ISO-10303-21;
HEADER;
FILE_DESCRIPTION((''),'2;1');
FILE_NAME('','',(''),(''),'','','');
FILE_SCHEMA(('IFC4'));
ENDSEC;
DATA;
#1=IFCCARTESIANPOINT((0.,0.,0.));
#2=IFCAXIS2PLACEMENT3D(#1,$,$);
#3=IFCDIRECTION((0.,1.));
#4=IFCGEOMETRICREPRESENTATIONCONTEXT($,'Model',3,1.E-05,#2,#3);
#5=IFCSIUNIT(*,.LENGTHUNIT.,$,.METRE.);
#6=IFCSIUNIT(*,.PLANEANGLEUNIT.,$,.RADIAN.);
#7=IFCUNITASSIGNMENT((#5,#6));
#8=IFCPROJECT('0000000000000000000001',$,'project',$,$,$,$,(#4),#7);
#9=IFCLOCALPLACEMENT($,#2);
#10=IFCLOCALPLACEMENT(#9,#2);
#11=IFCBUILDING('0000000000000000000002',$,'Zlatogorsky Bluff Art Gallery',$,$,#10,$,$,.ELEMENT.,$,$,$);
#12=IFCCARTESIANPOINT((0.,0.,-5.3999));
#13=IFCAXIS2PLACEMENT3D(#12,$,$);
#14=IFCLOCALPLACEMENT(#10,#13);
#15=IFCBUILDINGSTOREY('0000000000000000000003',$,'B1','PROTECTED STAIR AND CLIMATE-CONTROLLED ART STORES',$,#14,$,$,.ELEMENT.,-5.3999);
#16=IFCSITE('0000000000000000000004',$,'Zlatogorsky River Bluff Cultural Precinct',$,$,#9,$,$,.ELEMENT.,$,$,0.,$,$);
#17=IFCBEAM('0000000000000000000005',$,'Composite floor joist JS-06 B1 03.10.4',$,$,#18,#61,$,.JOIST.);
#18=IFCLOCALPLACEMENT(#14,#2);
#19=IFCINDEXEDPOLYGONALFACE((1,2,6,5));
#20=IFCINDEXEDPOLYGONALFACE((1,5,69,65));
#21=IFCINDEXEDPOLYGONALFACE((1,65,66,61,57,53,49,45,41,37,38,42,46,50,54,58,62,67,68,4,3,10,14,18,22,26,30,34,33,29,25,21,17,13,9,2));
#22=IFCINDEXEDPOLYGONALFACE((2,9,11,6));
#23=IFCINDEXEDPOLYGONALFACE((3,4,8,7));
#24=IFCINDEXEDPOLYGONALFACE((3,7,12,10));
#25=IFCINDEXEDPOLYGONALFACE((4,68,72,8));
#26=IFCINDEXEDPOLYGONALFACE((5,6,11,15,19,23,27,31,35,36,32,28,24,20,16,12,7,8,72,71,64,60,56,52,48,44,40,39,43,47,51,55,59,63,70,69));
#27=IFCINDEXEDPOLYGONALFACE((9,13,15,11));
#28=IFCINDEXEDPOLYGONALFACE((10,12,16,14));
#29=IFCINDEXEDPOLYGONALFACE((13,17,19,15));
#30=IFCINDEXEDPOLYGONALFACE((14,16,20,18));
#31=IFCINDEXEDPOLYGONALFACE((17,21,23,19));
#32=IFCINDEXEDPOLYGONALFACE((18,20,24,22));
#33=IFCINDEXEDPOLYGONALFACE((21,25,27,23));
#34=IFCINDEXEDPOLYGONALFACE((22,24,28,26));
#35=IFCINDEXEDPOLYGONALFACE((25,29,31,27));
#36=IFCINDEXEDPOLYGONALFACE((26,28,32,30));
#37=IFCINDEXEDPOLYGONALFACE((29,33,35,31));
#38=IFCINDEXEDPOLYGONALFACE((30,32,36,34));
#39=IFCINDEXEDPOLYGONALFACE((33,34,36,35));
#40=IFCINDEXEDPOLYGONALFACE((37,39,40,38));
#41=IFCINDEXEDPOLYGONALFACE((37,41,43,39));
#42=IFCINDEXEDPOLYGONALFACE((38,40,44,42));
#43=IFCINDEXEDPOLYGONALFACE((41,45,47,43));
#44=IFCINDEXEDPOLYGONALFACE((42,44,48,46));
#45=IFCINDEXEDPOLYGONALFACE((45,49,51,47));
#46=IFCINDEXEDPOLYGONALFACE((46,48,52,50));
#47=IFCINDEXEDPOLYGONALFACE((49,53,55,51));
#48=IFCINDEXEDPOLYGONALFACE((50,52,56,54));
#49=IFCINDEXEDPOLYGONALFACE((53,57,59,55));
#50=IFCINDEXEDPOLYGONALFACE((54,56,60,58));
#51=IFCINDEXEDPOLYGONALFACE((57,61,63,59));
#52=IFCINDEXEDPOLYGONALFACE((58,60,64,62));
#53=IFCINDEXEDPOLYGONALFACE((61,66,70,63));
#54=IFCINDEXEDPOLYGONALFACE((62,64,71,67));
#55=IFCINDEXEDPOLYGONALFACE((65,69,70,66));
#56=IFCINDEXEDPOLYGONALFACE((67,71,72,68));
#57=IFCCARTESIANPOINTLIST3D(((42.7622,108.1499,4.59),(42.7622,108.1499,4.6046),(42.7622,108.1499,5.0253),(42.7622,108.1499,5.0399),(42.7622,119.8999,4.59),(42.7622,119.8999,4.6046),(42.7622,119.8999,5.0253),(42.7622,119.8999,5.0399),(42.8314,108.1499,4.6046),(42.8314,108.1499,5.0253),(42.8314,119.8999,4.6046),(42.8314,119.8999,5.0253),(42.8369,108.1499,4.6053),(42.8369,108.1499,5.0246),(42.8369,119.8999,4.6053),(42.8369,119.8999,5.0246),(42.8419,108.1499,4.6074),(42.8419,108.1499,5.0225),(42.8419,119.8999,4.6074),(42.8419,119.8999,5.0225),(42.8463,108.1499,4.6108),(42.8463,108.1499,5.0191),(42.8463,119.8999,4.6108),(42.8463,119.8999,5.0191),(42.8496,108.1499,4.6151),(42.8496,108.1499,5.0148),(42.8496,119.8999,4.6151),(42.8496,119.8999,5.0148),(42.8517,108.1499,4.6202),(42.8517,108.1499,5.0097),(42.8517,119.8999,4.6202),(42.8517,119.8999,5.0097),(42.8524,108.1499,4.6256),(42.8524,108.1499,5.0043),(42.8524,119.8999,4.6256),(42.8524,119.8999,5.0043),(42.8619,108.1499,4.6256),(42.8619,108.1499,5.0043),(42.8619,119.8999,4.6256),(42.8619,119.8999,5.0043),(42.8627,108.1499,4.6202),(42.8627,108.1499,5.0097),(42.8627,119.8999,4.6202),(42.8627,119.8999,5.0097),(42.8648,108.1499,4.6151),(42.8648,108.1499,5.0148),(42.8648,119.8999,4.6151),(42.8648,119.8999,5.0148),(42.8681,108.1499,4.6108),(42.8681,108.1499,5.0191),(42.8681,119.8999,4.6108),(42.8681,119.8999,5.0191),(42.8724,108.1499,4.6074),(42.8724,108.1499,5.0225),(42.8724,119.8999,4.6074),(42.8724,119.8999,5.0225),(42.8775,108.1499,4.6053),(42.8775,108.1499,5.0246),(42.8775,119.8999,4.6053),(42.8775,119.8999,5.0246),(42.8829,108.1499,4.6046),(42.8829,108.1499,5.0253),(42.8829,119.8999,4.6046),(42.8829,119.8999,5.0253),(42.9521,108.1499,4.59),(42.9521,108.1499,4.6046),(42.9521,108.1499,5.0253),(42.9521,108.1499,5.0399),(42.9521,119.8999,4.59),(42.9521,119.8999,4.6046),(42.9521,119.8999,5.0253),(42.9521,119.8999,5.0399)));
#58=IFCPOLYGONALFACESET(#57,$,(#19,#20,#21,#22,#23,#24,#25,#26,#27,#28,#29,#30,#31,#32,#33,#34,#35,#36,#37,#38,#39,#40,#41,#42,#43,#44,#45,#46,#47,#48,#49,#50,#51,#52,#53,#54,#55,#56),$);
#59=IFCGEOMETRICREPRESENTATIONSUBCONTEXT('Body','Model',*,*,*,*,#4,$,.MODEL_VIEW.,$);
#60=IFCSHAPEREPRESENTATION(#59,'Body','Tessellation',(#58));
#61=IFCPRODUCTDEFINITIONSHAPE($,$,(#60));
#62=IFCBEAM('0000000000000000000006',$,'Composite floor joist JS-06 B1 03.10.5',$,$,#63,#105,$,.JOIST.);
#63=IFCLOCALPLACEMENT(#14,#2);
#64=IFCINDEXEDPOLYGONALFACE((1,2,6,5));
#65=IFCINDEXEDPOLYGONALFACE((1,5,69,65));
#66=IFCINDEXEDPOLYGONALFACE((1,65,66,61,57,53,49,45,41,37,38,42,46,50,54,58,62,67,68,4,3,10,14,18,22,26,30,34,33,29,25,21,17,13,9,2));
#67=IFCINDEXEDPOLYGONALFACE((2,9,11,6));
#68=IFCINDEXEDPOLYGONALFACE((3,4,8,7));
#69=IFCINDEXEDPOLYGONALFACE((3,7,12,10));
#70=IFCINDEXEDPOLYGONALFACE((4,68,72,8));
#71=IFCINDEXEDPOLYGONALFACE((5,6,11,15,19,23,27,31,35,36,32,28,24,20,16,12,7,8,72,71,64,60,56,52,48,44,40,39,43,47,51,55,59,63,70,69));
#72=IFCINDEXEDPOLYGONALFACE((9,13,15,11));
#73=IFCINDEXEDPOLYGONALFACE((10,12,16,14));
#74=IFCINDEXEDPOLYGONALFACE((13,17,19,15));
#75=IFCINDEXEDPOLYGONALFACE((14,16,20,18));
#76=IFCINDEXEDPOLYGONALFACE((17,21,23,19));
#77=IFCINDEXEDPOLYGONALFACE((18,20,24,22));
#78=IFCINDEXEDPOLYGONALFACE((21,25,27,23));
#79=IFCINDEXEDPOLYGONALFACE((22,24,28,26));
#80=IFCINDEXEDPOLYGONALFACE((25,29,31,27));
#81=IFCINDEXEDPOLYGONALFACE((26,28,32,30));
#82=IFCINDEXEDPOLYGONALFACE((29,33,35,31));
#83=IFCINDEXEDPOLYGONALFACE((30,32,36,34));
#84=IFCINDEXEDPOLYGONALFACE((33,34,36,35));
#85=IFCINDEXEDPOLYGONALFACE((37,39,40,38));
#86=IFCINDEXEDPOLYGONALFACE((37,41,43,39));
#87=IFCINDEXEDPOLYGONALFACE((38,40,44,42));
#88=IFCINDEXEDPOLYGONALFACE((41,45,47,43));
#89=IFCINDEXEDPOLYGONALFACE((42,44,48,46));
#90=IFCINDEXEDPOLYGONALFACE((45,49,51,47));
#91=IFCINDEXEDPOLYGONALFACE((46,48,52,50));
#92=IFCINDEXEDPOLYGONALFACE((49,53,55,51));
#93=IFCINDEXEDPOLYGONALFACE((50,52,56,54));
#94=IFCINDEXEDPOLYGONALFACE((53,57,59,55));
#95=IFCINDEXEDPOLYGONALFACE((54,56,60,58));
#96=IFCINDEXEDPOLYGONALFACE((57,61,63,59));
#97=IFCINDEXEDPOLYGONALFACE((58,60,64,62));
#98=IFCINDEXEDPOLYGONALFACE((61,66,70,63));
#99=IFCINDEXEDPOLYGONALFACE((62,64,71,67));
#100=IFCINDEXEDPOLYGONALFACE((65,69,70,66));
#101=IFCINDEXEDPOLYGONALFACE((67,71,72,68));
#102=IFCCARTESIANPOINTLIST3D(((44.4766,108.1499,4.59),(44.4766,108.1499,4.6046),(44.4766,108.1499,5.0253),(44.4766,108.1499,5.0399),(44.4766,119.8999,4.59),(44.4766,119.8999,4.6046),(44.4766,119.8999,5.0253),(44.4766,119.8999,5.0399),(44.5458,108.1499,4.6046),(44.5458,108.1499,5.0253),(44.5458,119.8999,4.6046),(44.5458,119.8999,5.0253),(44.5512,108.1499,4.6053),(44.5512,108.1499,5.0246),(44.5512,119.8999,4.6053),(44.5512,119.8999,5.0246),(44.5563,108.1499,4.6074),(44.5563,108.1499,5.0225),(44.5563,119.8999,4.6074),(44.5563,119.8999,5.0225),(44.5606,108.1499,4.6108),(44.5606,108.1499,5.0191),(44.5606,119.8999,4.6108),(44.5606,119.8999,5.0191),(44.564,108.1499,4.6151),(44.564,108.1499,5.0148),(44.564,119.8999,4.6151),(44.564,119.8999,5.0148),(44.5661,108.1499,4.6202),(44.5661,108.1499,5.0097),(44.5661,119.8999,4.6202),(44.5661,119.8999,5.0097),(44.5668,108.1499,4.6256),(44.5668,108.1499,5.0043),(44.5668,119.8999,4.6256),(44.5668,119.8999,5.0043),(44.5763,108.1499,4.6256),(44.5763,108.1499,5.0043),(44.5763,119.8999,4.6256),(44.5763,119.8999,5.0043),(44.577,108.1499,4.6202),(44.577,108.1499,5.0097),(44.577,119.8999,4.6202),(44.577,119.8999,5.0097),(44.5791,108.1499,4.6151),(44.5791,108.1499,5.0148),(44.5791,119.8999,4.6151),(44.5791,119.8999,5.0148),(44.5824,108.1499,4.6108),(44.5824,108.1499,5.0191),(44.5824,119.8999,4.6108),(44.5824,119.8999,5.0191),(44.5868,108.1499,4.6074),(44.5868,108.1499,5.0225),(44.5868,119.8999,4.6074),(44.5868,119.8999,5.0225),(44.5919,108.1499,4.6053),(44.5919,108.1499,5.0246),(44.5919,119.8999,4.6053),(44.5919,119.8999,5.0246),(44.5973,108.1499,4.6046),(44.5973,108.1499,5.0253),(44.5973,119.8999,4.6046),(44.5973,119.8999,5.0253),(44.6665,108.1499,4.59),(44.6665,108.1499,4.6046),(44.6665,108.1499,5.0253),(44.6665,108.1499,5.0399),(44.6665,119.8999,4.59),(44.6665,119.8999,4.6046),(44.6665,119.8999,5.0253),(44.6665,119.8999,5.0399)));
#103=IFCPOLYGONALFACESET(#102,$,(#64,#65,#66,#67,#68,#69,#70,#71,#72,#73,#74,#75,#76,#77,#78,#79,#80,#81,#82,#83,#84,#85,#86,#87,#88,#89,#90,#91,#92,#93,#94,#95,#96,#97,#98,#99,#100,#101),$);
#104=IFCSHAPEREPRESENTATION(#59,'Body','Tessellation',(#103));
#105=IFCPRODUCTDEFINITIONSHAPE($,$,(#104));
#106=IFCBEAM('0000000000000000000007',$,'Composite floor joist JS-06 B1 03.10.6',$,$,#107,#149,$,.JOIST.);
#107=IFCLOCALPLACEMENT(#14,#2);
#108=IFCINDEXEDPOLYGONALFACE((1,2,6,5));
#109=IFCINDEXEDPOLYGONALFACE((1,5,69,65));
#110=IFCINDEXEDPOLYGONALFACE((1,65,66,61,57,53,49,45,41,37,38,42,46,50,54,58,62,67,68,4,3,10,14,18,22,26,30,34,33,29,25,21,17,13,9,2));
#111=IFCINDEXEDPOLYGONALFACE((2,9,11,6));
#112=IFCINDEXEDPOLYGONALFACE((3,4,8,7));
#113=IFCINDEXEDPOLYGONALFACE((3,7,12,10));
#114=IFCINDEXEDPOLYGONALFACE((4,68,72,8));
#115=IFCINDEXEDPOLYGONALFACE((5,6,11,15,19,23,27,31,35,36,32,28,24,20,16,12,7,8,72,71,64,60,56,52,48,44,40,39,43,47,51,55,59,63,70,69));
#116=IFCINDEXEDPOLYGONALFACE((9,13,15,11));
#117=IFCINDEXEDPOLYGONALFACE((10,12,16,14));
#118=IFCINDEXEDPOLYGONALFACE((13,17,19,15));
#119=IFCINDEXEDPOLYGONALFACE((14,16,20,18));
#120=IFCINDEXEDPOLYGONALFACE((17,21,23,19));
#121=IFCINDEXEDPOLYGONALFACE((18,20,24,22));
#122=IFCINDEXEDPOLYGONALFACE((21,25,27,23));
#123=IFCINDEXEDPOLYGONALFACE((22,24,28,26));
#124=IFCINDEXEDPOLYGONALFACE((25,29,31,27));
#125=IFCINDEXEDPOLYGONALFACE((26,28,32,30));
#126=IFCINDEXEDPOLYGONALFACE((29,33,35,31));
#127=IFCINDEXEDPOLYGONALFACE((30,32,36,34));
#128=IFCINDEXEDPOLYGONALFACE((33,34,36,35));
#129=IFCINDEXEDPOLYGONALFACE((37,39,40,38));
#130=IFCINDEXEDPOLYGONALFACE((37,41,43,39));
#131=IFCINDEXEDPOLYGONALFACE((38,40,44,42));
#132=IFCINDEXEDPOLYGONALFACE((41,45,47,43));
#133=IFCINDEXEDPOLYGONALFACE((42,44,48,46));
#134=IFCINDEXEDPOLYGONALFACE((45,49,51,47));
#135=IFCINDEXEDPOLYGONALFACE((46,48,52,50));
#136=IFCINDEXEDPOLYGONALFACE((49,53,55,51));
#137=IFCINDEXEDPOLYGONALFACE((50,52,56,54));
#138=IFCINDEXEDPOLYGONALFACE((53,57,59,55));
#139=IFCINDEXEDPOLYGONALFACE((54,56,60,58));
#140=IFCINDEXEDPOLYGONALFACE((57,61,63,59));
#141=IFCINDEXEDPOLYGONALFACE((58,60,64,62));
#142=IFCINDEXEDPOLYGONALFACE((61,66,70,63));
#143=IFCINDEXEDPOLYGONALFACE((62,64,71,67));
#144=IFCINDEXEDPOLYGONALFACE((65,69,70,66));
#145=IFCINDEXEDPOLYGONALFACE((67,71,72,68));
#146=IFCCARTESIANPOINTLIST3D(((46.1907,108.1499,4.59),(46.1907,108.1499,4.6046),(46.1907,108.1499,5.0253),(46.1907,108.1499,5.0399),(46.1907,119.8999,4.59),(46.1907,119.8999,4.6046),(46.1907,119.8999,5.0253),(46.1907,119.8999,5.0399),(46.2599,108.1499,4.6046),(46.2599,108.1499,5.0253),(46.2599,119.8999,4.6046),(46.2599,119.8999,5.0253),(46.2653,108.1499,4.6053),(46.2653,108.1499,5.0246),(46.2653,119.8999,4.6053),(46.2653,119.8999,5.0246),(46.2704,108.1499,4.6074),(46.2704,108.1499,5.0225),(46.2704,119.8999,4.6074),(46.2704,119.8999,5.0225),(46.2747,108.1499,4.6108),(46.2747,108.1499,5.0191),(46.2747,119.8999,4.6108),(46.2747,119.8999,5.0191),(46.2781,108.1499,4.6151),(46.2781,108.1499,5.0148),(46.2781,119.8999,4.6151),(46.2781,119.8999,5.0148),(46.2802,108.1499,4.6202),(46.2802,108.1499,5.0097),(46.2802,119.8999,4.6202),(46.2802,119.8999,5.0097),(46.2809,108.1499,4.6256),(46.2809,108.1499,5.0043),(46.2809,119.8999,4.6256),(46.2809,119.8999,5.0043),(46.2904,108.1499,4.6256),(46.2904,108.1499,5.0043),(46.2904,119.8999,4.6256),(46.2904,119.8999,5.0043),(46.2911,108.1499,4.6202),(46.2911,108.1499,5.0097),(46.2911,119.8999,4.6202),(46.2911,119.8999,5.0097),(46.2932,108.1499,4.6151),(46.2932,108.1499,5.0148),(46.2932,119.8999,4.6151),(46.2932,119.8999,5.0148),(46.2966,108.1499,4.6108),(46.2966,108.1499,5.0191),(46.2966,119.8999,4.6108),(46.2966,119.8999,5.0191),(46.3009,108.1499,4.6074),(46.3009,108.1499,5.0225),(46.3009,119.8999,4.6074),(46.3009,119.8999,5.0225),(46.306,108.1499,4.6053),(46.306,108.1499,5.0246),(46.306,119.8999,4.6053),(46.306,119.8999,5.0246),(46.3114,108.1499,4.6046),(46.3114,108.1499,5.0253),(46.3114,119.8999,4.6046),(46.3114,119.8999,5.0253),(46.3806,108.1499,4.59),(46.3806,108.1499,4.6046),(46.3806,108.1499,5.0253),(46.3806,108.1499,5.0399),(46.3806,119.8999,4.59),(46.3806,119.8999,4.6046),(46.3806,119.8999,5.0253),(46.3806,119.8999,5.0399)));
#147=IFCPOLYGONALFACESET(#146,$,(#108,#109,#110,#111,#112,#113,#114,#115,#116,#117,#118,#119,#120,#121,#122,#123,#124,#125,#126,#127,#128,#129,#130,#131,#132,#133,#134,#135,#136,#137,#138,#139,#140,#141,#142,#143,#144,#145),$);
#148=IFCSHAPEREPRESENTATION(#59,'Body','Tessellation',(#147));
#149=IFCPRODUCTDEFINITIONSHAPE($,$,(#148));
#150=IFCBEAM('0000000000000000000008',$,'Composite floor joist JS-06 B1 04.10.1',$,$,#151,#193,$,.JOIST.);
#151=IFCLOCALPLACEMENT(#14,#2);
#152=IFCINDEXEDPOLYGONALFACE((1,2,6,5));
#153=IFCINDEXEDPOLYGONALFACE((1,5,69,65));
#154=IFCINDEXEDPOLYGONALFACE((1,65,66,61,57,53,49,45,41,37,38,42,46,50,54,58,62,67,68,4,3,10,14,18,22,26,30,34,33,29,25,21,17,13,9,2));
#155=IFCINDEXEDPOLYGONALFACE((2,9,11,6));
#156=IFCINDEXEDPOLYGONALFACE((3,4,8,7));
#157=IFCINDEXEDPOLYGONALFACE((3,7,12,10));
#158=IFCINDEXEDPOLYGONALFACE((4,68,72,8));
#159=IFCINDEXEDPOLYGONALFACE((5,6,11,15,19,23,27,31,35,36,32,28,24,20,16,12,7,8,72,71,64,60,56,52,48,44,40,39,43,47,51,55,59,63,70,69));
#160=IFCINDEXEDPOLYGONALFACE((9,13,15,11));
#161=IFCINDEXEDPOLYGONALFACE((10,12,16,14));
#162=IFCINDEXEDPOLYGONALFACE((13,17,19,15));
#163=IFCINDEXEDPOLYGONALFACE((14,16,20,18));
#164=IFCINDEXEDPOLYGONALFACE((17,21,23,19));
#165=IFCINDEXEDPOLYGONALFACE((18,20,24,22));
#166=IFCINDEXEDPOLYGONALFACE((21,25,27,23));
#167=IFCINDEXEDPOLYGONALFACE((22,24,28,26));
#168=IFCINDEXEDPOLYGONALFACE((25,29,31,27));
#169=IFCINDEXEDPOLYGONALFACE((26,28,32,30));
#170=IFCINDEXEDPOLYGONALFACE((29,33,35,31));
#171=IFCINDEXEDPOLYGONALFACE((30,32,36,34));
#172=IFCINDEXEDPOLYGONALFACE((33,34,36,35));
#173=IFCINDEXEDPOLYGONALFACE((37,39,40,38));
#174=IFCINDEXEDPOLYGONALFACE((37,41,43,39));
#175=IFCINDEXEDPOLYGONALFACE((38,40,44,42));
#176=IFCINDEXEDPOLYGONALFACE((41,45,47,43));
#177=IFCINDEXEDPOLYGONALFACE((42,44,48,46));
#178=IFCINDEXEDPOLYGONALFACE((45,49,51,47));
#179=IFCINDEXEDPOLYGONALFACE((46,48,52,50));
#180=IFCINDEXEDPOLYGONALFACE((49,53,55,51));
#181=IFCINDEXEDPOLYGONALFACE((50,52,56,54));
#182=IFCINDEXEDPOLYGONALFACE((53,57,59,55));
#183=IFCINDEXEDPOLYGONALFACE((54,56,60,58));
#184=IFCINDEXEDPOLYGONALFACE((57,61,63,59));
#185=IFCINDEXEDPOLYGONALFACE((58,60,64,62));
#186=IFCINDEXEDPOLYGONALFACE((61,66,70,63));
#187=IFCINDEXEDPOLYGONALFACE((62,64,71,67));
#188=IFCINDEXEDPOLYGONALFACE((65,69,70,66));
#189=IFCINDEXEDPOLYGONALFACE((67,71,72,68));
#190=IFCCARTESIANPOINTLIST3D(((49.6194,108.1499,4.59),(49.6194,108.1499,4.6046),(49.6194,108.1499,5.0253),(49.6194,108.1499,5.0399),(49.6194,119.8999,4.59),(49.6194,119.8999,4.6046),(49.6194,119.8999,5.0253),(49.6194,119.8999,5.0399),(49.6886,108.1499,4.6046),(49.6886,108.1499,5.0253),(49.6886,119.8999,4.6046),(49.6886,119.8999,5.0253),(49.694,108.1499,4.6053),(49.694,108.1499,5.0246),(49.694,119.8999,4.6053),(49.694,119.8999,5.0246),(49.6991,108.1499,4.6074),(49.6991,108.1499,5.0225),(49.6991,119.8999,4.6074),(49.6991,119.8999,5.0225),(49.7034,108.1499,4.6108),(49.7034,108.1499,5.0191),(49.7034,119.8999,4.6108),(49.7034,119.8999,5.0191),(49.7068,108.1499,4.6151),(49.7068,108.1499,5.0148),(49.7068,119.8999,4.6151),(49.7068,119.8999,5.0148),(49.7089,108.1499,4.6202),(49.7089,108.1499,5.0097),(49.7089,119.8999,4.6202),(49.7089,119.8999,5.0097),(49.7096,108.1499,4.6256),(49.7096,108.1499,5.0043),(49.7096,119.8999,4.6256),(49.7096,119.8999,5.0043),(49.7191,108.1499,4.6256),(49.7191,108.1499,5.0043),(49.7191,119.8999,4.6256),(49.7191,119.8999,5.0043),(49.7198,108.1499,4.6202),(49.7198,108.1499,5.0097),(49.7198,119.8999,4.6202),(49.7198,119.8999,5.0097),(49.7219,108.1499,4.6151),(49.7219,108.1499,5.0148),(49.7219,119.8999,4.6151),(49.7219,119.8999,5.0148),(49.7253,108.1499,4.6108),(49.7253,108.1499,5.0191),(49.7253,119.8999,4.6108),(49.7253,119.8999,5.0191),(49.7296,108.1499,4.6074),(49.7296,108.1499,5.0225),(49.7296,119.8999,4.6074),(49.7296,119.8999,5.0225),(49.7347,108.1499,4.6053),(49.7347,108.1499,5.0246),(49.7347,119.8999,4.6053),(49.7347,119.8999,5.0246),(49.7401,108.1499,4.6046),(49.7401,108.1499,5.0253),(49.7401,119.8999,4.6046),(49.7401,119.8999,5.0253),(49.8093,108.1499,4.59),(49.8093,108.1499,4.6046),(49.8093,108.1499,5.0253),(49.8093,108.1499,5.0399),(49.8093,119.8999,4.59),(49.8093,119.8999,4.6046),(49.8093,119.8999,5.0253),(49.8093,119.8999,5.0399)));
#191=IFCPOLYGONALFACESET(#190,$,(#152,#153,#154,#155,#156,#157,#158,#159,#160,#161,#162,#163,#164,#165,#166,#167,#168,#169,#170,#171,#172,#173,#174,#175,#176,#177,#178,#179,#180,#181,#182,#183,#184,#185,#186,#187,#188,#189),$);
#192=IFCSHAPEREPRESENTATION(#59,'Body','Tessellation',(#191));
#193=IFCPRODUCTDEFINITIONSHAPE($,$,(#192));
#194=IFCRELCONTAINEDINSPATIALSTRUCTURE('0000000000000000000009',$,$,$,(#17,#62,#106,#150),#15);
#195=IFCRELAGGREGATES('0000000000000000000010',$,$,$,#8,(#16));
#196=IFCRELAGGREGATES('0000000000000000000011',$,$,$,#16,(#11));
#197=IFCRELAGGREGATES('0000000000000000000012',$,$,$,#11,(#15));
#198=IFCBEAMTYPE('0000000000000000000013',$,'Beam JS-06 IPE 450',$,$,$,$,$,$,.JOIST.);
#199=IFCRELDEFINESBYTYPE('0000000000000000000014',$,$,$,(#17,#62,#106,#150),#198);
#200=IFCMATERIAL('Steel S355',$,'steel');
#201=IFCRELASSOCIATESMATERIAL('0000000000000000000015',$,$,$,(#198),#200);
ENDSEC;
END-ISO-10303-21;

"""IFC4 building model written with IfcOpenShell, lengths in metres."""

from ifc_helpers import new_model, si_unit, direction, frame, origin, origin_2d, place, context, subcontext, project, spatial, i_section, extrude, material, material_profile, profile_set, type_object, element, save


model = new_model("IFC4")

# Units and contexts
model_context = context("Model", 3, precision=1e-05, world=origin(), true_north=direction((0.0, 1.0)))
body_context = subcontext(model_context, "Body", "Model", "MODEL_VIEW")
ifc_project = project(units=[si_unit("LENGTHUNIT", "METRE"), si_unit("PLANEANGLEUNIT", "RADIAN")], contexts=[model_context])

# Site, building, storey
site_placement = place(None, origin())
site = spatial("IfcSite", under=ifc_project, at=site_placement, Name="Zlatogorsky River Bluff Cultural Precinct", CompositionType="ELEMENT", RefElevation=0.0)
building_placement = place(site_placement, origin())
building = spatial("IfcBuilding", under=site, at=building_placement, Name="Zlatogorsky Bluff Art Gallery", CompositionType="ELEMENT")
storey_placement = place(building_placement, frame((0.0, 0.0, -5.3999)))
storey = spatial("IfcBuildingStorey", under=building, at=storey_placement, Name="B1", Description="PROTECTED STAIR AND CLIMATE-CONTROLLED ART STORES", CompositionType="ELEMENT", Elevation=-5.3999)

# Shared definitions
ifc_material_1 = material(Name="Steel S355", Category="steel")

# Beams
ifc_material_profile_1 = material_profile(ifc_material_1, i_section(OverallWidth=0.1899, OverallDepth=0.45, WebThickness=0.0095, FlangeThickness=0.0146, FilletRadius=0.021, at=origin_2d()), Name="IPE 450")
ifc_profile_set_1 = profile_set([ifc_material_profile_1], Name="Steel S355")
beam_type_1 = type_object("IfcBeamType", Name="Beam JS-06 IPE 450", PredefinedType="JOIST", material=ifc_profile_set_1)
for number, where, z_axis, x_axis, name in (
    (1, (42.8572, 108.1499, 4.8149), (0.0, 1.0, 0.0), (-1.0, 0.0, 0.0), "Composite floor joist JS-06 B1 03.10.4"),
    (2, (44.5715, 108.1499, 4.8149), (0.0, 1.0, 0.0), (-1.0, 0.0, 0.0), "Composite floor joist JS-06 B1 03.10.5"),
    (3, (46.2856, 108.1499, 4.8149), (0.0, 1.0, 0.0), (-1.0, 0.0, 0.0), "Composite floor joist JS-06 B1 03.10.6"),
    (4, (49.7144, 108.1499, 4.8149), (0.0, 1.0, 0.0), (-1.0, 0.0, 0.0), "Composite floor joist JS-06 B1 04.10.1"),
):
    element("IfcBeam", number, at=place(storey_placement, frame(where, z_axis=z_axis, x_axis=x_axis)), inside=storey, type_object=beam_type_1, Name=name, PredefinedType="JOIST", context=body_context, shape_type="SweptSolid", body=[
        extrude(i_section(OverallWidth=0.1899, OverallDepth=0.45, WebThickness=0.0095, FlangeThickness=0.0146, FilletRadius=0.021, at=origin_2d()), origin(), (0.0, 0.0, 1.0), 11.75),
    ])

save(model, "model.ifc")
